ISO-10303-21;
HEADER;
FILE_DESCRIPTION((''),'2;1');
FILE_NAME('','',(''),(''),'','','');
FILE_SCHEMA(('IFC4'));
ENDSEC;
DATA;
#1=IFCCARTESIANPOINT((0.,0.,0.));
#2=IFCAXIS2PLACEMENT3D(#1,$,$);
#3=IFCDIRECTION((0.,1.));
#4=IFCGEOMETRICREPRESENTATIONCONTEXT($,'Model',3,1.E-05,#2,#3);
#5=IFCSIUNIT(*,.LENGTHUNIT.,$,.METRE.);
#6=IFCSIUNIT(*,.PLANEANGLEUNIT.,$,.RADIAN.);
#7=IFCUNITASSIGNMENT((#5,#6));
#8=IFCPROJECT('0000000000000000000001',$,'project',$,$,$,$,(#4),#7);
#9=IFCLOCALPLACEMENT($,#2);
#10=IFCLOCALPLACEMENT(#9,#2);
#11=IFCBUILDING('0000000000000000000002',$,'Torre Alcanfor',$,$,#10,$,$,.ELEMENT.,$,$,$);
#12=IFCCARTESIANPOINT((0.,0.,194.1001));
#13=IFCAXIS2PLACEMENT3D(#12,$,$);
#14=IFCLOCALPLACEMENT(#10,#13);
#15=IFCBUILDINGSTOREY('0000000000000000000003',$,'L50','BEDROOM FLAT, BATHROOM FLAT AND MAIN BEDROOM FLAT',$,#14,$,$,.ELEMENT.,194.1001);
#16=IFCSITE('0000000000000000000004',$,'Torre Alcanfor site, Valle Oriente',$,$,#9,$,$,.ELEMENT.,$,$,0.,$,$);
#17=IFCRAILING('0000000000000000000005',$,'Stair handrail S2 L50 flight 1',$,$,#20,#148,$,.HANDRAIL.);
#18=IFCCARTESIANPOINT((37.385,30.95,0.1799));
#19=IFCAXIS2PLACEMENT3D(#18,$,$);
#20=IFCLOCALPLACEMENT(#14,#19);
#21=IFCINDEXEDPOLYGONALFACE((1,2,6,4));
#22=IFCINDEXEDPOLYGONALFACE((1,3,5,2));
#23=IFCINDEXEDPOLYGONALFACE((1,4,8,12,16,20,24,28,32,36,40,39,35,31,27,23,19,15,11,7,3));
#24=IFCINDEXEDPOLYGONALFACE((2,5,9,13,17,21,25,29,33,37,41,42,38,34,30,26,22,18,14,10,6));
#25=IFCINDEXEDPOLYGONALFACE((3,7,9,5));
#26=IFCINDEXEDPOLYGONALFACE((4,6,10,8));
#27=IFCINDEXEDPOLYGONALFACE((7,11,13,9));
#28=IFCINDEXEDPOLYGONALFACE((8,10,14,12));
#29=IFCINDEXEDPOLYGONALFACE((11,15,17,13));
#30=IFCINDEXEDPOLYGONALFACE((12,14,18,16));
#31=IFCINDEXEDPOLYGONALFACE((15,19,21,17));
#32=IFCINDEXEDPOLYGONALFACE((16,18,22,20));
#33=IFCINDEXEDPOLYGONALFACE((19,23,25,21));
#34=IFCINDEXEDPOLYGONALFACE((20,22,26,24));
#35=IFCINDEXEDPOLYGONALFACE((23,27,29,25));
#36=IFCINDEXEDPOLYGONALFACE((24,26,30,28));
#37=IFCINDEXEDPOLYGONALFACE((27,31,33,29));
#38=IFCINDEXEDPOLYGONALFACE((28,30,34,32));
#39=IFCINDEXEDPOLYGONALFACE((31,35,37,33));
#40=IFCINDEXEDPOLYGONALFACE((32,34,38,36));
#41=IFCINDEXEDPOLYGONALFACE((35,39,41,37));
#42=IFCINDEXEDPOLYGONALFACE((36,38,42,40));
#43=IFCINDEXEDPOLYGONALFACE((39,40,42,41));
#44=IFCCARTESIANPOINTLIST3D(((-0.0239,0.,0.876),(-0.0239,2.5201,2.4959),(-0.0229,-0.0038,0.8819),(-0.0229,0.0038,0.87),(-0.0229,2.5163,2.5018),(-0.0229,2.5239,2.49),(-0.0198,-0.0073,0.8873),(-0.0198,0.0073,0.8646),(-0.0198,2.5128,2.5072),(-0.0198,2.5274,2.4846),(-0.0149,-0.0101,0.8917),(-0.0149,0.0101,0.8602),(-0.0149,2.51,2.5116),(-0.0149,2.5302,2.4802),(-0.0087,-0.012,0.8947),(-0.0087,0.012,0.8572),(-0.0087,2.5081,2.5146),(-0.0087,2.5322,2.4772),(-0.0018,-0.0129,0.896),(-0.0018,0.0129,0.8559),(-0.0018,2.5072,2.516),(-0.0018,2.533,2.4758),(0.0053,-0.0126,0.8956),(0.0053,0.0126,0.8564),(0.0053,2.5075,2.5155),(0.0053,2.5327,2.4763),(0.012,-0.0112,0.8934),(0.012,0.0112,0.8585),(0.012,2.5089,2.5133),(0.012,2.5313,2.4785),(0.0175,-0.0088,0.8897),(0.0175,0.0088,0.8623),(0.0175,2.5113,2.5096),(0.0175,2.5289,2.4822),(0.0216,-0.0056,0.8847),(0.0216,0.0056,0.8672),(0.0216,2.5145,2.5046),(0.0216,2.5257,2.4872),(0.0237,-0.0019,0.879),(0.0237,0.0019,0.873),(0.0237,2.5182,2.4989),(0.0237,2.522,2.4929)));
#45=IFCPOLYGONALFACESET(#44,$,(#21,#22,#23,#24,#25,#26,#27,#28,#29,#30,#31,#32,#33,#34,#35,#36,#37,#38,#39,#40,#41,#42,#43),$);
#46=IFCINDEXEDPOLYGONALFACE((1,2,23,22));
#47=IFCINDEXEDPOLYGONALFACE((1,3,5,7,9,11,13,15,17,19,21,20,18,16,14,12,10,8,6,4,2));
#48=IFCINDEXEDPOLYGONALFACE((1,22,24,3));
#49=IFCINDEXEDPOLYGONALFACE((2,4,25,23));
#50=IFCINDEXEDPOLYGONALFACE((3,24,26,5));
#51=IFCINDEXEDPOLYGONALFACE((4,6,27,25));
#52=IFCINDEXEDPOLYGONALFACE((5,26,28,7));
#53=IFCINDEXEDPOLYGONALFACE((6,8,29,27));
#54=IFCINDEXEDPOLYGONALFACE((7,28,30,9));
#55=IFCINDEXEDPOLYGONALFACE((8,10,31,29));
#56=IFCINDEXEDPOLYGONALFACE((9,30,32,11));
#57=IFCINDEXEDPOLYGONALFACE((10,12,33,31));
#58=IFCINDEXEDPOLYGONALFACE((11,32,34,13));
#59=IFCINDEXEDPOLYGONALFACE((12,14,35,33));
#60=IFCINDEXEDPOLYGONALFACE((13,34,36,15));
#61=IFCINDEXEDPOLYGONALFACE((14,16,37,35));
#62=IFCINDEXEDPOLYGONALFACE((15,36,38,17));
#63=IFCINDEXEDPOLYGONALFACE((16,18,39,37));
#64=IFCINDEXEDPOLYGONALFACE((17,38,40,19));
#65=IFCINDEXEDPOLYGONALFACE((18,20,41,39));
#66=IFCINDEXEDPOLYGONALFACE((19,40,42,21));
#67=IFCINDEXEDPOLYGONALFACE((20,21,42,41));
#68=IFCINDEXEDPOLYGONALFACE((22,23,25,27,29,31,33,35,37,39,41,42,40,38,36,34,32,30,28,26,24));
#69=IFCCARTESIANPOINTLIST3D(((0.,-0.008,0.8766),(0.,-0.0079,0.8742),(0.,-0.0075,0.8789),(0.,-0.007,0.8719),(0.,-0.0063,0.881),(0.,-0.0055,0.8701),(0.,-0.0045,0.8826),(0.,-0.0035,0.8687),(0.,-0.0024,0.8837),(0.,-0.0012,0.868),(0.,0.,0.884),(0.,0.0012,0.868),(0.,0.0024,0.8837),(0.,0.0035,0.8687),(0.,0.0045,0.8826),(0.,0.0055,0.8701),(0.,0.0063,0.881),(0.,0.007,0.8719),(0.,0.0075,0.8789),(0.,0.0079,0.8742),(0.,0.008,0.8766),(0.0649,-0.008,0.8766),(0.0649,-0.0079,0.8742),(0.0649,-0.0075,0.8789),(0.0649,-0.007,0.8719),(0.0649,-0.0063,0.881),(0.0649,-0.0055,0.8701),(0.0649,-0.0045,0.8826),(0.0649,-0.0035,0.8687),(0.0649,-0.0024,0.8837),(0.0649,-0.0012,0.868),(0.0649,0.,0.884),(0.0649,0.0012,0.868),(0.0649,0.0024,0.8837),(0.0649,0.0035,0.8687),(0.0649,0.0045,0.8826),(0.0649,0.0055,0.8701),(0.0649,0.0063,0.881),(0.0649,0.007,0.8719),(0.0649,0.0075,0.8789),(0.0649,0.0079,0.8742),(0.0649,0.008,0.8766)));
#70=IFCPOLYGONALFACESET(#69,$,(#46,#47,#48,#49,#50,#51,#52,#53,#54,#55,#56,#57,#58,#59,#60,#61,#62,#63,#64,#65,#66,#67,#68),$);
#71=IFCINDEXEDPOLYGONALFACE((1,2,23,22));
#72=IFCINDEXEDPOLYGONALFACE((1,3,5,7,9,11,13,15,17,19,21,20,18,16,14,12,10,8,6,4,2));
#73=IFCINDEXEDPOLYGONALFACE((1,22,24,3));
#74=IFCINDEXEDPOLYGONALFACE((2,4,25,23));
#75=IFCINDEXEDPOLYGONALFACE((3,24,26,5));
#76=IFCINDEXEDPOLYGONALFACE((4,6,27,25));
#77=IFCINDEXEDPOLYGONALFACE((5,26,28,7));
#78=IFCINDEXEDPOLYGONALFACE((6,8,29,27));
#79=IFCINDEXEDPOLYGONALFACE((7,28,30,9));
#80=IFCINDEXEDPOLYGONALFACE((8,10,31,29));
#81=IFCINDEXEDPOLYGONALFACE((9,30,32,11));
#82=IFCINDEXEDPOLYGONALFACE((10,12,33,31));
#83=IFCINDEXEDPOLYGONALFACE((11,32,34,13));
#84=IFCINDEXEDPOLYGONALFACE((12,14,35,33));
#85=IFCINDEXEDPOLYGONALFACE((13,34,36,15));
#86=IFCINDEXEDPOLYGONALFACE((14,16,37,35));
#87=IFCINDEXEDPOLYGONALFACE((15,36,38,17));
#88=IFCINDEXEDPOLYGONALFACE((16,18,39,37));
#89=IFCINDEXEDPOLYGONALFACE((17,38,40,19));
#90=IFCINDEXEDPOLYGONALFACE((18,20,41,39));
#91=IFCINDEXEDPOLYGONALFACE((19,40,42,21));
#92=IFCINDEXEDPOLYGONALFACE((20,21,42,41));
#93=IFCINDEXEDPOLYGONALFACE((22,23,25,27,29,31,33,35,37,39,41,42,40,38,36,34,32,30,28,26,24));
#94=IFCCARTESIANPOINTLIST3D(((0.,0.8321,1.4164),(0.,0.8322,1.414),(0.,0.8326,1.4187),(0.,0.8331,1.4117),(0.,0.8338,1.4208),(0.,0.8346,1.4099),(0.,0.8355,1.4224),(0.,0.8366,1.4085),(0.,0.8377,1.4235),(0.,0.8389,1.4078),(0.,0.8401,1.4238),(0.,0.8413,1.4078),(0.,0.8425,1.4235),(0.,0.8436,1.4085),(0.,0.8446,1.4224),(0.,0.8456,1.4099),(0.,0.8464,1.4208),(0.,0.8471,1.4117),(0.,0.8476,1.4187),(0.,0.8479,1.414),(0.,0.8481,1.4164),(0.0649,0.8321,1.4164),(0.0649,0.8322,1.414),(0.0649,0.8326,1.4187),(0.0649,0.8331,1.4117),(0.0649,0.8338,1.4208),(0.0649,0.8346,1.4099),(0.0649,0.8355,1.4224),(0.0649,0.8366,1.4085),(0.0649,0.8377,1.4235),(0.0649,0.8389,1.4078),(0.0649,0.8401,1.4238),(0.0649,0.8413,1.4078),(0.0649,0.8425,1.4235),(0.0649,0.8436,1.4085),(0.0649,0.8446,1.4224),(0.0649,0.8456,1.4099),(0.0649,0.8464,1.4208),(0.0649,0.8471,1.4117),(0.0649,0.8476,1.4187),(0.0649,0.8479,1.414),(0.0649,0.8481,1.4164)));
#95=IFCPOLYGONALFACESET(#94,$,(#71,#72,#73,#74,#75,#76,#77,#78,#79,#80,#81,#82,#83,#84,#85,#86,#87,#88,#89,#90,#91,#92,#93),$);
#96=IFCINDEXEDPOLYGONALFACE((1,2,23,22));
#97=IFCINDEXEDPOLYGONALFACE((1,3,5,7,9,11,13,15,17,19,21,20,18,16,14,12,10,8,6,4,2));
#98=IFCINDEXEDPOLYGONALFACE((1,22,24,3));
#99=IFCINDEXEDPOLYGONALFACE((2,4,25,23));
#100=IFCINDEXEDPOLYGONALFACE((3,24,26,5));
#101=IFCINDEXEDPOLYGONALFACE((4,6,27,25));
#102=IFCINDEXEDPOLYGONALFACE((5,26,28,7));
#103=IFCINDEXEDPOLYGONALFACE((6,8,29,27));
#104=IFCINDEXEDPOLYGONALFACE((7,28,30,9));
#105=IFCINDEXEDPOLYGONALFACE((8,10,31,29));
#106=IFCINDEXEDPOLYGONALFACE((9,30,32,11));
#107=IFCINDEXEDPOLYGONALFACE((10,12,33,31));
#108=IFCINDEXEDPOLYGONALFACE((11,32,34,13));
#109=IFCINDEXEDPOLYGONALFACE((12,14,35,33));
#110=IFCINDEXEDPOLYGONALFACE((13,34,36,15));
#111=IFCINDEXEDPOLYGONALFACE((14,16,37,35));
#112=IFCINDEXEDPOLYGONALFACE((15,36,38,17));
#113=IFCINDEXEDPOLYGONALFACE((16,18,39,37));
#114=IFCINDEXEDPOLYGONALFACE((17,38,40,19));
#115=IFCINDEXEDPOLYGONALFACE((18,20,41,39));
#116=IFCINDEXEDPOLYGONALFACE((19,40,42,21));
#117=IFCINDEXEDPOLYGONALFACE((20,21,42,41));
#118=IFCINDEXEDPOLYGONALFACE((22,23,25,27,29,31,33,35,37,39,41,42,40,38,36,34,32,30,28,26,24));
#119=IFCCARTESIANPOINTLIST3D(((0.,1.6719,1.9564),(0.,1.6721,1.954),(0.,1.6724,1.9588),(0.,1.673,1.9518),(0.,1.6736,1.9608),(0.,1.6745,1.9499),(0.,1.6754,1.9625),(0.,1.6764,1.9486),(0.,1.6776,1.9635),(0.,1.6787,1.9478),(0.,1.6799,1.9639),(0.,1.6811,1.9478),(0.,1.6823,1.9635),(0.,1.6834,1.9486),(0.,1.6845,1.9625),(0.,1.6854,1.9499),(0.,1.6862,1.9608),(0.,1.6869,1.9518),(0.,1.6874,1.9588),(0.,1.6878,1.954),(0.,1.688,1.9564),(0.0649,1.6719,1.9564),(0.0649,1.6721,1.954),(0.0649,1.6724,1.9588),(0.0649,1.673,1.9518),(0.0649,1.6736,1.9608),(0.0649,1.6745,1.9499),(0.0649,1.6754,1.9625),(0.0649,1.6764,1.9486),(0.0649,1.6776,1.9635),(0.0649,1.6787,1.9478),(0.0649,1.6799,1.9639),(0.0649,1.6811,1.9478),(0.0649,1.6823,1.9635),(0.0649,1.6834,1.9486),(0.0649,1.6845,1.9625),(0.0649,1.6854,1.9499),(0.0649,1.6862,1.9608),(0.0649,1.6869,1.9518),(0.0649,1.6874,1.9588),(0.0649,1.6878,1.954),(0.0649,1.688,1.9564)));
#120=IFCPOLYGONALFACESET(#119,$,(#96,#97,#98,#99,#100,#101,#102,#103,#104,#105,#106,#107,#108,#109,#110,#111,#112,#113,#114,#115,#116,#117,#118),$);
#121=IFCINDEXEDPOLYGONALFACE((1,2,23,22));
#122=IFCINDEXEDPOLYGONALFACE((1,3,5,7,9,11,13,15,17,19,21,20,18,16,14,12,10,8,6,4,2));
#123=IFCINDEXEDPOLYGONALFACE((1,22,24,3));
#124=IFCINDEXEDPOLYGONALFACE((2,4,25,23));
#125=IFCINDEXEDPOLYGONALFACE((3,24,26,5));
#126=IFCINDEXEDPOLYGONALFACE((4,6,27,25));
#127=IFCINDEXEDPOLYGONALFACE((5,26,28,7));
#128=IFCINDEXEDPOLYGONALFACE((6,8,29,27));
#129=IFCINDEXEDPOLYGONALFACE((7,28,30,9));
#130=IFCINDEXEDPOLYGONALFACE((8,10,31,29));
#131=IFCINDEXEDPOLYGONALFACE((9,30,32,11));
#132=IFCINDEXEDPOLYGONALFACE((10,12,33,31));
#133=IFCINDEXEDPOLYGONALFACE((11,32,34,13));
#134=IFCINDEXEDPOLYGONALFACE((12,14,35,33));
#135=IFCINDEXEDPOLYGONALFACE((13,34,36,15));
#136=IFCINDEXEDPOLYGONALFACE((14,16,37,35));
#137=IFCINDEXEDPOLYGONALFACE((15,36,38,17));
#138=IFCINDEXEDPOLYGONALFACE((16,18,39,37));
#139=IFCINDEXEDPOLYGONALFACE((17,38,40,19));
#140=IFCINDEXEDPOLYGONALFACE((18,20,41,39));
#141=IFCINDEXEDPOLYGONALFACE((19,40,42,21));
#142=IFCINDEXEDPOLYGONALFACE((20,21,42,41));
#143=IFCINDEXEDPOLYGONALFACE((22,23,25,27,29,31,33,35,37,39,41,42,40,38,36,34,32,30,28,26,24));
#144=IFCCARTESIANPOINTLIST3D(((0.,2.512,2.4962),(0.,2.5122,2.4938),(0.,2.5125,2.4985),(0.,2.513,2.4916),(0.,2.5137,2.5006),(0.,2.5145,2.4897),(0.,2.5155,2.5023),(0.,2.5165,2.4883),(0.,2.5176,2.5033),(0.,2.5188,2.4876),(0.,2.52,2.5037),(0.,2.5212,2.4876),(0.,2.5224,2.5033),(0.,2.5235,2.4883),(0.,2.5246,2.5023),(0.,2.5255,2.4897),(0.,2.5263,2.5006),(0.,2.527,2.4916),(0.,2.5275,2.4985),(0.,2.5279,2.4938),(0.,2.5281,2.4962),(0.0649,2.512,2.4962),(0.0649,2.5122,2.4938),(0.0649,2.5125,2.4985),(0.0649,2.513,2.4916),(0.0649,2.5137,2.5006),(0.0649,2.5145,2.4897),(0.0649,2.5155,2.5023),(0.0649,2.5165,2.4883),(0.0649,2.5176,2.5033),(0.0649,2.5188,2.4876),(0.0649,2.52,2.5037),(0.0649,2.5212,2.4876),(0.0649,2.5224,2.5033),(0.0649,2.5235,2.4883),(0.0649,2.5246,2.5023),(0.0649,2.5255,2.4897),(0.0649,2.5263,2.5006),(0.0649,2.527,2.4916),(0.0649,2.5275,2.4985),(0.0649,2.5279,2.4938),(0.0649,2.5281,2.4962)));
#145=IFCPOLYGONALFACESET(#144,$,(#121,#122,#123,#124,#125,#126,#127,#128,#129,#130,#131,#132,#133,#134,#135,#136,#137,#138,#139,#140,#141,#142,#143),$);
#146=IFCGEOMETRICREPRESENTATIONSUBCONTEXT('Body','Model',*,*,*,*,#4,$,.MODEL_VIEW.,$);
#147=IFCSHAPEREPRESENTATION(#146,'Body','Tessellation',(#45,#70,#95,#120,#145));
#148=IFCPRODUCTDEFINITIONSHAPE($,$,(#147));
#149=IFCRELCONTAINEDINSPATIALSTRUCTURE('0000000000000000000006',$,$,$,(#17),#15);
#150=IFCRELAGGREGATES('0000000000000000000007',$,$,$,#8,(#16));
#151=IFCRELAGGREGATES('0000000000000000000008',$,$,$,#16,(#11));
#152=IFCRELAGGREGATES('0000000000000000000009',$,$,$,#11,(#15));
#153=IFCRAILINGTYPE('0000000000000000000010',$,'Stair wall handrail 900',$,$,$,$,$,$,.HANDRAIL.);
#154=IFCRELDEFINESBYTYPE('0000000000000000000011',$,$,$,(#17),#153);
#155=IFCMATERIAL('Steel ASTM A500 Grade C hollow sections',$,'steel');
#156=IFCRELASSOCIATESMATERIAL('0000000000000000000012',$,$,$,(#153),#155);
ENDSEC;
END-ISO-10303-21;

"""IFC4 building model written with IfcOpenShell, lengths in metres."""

from ifc_helpers import new_model, si_unit, direction, frame, origin, origin_2d, place, context, subcontext, project, spatial, circle, extrude, material, type_object, element, save


model = new_model("IFC4")

# Units and contexts
model_context = context("Model", 3, precision=1e-05, world=origin(), true_north=direction((0.0, 1.0)))
body_context = subcontext(model_context, "Body", "Model", "MODEL_VIEW")
ifc_project = project(units=[si_unit("LENGTHUNIT", "METRE"), si_unit("PLANEANGLEUNIT", "RADIAN")], contexts=[model_context])

# Site, building, storey
site_placement = place(None, origin())
site = spatial("IfcSite", under=ifc_project, at=site_placement, Name="Torre Alcanfor site, Valle Oriente", CompositionType="ELEMENT", RefElevation=0.0)
building_placement = place(site_placement, origin())
building = spatial("IfcBuilding", under=site, at=building_placement, Name="Torre Alcanfor", CompositionType="ELEMENT")
storey_placement = place(building_placement, frame((0.0, 0.0, 194.1001)))
storey = spatial("IfcBuildingStorey", under=building, at=storey_placement, Name="L50", Description="BEDROOM FLAT, BATHROOM FLAT AND MAIN BEDROOM FLAT", CompositionType="ELEMENT", Elevation=194.1001)

# Railing
ifc_material_1 = material(Name="Steel ASTM A500 Grade C hollow sections", Category="steel")
railing_type_1 = type_object("IfcRailingType", Name="Stair wall handrail 900", PredefinedType="HANDRAIL", material=ifc_material_1)
railing_1_placement = place(storey_placement, frame((37.385, 30.95, 0.1799)))
element("IfcRailing", 1, at=railing_1_placement, inside=storey, type_object=railing_type_1, Name="Stair handrail S2 L50 flight 1", PredefinedType="HANDRAIL", context=body_context, shape_type="SweptSolid", body=[
    extrude(circle(Radius=0.0239, at=origin_2d()), frame((0.0, 0.0, 0.876), z_axis=(0.0, 0.8412, 0.540725), x_axis=(-1.0, 0.0, 0.0)), (0.0, 0.0, 1.0), 2.9958),
    extrude(circle(Radius=0.0081, at=origin_2d()), frame((0.0, 0.0, 0.876), z_axis=(1.0, 0.0, 0.0), x_axis=(0.0, 0.0, 1.0)), (0.0, 0.0, 1.0), 0.0649),
    extrude(circle(Radius=0.0081, at=origin_2d()), frame((0.0, 0.8401, 1.4158), z_axis=(1.0, 0.0, 0.0), x_axis=(0.0, 0.0, 1.0)), (0.0, 0.0, 1.0), 0.0649),
    extrude(circle(Radius=0.0081, at=origin_2d()), frame((0.0, 1.6799, 1.9558), z_axis=(1.0, 0.0, 0.0), x_axis=(0.0, 0.0, 1.0)), (0.0, 0.0, 1.0), 0.0649),
    extrude(circle(Radius=0.0081, at=origin_2d()), frame((0.0, 2.52, 2.4956), z_axis=(1.0, 0.0, 0.0), x_axis=(0.0, 0.0, 1.0)), (0.0, 0.0, 1.0), 0.0649),
])

save(model, "model.ifc")
